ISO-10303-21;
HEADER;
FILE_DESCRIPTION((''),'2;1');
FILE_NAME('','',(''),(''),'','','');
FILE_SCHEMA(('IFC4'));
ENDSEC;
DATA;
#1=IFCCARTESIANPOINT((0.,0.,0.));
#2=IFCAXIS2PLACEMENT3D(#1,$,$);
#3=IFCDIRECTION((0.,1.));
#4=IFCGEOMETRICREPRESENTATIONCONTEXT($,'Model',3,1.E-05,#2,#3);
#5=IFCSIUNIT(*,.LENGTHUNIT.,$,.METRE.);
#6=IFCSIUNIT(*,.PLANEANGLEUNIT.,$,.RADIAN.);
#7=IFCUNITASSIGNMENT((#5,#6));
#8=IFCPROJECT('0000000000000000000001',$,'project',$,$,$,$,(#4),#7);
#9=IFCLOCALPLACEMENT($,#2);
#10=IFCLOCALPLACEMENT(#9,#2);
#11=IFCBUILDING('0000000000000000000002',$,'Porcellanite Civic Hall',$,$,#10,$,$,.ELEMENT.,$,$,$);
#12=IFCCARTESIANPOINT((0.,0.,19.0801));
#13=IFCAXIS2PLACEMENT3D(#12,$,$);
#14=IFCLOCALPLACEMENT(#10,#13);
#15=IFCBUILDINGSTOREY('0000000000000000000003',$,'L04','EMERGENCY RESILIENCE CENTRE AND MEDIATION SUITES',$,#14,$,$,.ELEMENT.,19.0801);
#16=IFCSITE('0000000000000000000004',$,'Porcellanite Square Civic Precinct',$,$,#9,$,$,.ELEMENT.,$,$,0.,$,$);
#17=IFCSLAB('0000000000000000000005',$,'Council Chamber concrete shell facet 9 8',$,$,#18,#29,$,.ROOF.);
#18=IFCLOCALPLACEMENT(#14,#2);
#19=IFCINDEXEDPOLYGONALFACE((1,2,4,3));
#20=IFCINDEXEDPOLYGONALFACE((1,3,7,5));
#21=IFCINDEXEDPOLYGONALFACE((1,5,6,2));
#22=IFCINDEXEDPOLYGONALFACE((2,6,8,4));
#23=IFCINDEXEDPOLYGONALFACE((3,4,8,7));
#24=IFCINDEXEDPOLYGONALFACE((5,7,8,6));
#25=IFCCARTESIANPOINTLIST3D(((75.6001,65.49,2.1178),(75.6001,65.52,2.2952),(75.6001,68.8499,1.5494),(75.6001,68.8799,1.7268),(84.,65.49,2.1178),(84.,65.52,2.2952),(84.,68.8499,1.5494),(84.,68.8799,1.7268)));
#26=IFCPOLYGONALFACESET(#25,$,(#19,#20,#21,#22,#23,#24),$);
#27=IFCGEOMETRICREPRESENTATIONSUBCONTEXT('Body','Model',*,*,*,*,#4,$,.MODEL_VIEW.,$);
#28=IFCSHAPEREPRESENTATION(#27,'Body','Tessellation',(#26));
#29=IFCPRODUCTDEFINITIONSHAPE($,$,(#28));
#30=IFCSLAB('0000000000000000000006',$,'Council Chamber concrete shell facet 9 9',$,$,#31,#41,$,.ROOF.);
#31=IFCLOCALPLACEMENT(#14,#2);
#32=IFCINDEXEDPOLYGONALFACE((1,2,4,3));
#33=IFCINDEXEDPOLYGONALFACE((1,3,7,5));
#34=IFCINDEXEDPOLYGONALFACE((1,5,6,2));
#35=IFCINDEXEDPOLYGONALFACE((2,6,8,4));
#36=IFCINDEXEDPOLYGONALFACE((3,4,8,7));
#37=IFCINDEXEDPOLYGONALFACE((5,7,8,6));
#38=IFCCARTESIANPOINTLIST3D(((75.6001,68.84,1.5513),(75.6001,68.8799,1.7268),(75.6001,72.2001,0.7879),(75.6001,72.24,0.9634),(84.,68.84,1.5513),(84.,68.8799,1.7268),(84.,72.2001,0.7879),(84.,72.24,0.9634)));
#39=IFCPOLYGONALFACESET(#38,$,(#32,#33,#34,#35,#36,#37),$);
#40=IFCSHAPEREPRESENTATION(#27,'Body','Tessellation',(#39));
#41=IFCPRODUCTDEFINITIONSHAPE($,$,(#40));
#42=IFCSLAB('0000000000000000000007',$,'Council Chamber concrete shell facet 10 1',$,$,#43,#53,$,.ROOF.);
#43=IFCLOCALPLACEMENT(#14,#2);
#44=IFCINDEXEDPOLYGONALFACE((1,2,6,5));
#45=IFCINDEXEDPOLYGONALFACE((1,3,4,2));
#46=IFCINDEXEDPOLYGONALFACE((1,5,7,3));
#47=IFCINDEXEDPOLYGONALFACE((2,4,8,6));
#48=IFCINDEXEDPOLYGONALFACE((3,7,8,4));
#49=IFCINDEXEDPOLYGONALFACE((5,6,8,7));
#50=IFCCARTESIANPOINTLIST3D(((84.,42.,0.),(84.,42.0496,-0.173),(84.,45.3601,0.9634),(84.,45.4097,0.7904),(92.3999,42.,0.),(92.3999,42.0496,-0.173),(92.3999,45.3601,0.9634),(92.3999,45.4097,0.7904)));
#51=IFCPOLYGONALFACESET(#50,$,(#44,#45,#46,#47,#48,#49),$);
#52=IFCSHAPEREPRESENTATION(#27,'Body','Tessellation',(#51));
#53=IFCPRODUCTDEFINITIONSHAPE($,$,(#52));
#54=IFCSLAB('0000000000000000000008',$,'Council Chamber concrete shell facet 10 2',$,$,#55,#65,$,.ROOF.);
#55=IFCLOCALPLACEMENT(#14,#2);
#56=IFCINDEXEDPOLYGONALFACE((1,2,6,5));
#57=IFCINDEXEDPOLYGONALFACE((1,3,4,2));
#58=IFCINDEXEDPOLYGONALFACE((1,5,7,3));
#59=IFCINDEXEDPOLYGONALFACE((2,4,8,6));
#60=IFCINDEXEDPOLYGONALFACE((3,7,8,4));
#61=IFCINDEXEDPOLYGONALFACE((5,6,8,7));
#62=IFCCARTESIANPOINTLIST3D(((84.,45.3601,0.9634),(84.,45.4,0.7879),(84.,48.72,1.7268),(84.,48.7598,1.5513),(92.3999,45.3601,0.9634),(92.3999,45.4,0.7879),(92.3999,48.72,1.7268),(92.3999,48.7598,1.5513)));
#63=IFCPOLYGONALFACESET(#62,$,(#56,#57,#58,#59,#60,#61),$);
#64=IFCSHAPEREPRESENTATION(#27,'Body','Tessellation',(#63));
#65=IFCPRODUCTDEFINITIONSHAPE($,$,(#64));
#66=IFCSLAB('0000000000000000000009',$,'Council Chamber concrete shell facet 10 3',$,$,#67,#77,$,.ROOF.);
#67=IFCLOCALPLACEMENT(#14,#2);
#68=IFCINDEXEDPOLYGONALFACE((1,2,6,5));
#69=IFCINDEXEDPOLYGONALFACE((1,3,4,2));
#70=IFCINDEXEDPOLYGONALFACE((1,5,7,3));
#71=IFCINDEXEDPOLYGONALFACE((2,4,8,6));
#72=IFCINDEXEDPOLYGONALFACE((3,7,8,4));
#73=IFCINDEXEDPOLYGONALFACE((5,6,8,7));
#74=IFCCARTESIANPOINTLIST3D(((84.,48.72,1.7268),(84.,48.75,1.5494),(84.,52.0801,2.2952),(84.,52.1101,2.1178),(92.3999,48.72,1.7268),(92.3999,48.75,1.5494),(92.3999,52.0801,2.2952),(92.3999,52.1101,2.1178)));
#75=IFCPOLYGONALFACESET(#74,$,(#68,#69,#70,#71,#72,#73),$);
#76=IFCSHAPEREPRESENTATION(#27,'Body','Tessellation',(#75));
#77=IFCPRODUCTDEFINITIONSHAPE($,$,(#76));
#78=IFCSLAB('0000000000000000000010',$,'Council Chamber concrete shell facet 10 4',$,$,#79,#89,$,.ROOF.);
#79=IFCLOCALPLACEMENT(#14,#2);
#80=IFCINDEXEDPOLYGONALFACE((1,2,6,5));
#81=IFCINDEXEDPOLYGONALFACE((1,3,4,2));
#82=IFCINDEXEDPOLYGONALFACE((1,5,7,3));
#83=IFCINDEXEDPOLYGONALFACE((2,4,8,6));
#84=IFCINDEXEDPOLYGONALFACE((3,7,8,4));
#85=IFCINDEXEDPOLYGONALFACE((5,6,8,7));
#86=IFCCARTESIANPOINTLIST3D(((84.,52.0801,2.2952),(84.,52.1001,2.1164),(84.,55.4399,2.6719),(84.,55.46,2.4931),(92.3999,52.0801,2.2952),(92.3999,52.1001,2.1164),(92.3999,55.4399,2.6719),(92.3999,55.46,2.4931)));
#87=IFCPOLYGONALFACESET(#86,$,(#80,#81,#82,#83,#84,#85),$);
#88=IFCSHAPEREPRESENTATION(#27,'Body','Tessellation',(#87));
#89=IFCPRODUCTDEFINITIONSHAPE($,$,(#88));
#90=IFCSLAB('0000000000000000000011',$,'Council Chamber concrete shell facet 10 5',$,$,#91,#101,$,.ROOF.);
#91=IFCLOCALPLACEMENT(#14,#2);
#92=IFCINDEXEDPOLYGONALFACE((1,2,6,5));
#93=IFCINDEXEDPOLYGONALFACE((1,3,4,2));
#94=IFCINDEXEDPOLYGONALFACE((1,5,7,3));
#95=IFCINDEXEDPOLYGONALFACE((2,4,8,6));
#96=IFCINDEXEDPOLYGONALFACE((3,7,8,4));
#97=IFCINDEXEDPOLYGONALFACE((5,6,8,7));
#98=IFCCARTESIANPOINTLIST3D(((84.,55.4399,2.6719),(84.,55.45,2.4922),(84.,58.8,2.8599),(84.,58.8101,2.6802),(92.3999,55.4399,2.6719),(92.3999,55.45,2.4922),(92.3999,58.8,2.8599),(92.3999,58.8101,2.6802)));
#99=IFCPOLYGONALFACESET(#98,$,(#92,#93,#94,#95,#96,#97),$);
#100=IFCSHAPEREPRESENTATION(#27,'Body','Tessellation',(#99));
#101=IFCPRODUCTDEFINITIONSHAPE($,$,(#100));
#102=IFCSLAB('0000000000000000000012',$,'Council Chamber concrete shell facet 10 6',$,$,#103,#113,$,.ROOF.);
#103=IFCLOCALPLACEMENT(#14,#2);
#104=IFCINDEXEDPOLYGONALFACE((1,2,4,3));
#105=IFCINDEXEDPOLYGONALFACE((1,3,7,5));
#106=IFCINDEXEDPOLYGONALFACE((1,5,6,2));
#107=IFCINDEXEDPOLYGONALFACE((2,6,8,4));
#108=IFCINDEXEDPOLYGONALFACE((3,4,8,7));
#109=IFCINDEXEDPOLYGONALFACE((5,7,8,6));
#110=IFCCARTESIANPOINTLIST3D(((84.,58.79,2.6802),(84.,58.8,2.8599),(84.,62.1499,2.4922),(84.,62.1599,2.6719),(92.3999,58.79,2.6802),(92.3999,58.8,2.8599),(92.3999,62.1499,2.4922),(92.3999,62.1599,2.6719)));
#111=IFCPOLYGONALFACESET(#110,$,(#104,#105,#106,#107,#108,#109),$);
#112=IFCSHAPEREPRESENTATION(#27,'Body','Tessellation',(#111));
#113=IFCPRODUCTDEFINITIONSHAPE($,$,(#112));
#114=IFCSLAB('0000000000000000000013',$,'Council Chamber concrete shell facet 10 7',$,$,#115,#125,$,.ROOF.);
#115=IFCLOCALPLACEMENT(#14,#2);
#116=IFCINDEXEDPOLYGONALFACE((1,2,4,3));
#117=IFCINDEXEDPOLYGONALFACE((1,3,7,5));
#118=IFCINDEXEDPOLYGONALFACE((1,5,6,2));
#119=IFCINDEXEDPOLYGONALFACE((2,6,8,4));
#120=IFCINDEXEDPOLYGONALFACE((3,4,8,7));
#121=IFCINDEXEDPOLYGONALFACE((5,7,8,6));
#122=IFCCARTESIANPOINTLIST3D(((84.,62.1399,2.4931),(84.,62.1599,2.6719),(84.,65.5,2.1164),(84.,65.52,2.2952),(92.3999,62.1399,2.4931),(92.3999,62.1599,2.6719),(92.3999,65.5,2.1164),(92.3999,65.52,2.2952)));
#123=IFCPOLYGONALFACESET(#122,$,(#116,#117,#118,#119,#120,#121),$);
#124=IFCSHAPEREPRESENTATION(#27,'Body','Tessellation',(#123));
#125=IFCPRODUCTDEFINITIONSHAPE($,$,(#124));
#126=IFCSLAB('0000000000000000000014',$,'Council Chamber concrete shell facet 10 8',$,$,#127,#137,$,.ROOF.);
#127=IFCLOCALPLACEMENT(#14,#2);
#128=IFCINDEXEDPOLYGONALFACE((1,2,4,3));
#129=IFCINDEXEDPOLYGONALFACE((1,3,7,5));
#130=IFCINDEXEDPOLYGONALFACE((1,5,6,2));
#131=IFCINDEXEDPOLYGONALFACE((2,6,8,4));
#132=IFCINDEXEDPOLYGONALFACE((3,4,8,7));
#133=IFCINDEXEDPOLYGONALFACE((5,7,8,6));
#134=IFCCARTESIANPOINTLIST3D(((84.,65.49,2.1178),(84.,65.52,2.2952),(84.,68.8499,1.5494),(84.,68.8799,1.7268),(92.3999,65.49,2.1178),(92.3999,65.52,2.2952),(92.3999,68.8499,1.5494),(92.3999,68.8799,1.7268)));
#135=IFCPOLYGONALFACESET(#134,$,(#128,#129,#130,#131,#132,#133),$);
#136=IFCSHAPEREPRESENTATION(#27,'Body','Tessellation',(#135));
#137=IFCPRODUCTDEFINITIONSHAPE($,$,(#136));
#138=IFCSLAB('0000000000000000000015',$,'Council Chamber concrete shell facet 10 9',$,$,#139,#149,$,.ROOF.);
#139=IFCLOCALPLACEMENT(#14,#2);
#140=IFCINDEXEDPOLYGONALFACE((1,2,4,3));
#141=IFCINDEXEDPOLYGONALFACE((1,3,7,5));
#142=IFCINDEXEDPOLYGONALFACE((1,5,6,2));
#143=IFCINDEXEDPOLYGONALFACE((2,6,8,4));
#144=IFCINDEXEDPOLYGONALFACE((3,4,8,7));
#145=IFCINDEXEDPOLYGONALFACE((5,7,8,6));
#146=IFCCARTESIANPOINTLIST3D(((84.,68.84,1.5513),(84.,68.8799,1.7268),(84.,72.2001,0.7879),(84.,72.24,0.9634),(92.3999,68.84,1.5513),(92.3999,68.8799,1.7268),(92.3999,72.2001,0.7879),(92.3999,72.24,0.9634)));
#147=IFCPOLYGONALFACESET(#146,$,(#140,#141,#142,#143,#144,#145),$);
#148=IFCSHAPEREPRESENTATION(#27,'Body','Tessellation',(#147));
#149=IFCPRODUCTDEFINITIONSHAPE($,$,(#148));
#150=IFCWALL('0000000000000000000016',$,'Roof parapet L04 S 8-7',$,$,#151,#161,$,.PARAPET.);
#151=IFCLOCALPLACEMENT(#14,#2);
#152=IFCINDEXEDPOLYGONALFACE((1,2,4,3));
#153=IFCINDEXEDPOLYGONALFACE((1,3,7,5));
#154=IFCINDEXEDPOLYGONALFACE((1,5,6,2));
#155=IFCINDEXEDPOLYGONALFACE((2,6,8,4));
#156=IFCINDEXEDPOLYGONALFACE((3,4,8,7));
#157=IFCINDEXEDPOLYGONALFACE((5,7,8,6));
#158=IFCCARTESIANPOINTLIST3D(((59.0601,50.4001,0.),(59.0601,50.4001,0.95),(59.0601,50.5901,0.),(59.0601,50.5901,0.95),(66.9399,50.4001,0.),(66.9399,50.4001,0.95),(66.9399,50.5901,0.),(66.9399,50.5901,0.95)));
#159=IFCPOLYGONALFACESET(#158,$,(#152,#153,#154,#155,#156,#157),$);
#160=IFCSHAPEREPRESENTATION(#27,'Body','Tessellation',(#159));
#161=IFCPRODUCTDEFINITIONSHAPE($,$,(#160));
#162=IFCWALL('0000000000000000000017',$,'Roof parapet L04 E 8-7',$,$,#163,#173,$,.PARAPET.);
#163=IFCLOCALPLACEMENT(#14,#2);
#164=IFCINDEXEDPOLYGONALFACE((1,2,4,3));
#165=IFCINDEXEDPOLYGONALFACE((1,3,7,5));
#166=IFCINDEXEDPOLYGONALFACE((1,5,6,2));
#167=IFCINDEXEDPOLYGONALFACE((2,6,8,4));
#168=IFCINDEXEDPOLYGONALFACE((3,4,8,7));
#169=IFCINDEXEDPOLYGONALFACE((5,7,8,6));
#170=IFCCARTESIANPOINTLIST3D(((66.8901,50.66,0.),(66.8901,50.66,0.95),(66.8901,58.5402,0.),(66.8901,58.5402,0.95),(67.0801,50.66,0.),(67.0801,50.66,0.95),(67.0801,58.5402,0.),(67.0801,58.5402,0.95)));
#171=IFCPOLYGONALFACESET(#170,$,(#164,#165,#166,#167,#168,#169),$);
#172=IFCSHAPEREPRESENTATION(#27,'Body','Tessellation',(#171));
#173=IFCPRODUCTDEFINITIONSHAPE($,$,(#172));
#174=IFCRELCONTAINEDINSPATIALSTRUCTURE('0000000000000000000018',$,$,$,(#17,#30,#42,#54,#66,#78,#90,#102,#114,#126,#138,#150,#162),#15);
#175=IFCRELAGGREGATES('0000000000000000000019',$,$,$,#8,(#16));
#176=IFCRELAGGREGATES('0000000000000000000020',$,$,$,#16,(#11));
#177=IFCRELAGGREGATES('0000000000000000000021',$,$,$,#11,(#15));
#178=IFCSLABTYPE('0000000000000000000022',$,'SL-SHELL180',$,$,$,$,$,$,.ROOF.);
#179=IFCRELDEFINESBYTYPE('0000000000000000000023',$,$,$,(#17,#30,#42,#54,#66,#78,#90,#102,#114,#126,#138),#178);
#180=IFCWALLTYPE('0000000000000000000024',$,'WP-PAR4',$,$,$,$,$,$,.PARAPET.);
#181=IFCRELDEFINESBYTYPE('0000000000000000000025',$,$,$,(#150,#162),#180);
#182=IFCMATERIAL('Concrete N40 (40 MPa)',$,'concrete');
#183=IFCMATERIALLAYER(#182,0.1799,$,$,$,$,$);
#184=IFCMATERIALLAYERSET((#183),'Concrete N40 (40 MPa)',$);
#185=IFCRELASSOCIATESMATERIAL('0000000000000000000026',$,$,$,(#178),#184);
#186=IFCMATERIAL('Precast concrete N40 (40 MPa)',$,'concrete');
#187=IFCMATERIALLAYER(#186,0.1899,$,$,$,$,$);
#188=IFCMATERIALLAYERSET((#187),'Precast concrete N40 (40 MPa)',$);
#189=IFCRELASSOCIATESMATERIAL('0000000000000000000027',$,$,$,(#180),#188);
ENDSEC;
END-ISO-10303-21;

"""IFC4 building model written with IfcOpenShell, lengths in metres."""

from ifc_helpers import new_model, si_unit, direction, frame, frame_2d, origin, place, context, subcontext, project, spatial, polyline, rectangle, outline, extrude, material, layer, layer_set, type_object, element, save


model = new_model("IFC4")

# Units and contexts
model_context = context("Model", 3, precision=1e-05, world=origin(), true_north=direction((0.0, 1.0)))
body_context = subcontext(model_context, "Body", "Model", "MODEL_VIEW")
ifc_project = project(units=[si_unit("LENGTHUNIT", "METRE"), si_unit("PLANEANGLEUNIT", "RADIAN")], contexts=[model_context])

# Site, building, storey
site_placement = place(None, origin())
site = spatial("IfcSite", under=ifc_project, at=site_placement, Name="Porcellanite Square Civic Precinct", CompositionType="ELEMENT", RefElevation=0.0)
building_placement = place(site_placement, origin())
building = spatial("IfcBuilding", under=site, at=building_placement, Name="Porcellanite Civic Hall", CompositionType="ELEMENT")
storey_placement = place(building_placement, frame((0.0, 0.0, 19.0801)))
storey = spatial("IfcBuildingStorey", under=building, at=storey_placement, Name="L04", Description="EMERGENCY RESILIENCE CENTRE AND MEDIATION SUITES", CompositionType="ELEMENT", Elevation=19.0801)

# Slabs
ifc_material_1 = material(Name="Concrete N40 (40 MPa)", Category="concrete")
ifc_layer_1 = layer(ifc_material_1, 0.1799)
ifc_layer_set_1 = layer_set([ifc_layer_1], Name="Concrete N40 (40 MPa)")
slab_type = type_object("IfcSlabType", Name="SL-SHELL180", PredefinedType="ROOF", material=ifc_layer_set_1)
slab_1_placement = place(storey_placement, frame((75.6001, 65.52, 2.2952), z_axis=(0.0, 0.166792, 0.985992), x_axis=(1.0, 0.0, 0.0)))
element("IfcSlab", 1, at=slab_1_placement, inside=storey, type_object=slab_type, Name="Council Chamber concrete shell facet 9 8", PredefinedType="ROOF", context=body_context, shape_type="SweptSolid", body=[
    extrude(outline(polyline([(0.0, 0.0), (8.3999, 0.0), (8.3999, 3.4076), (0.0, 3.4076), (0.0, 0.0)])), origin(), (0.0, 0.0, -1.0), 0.1799),
])
slab_2_placement = place(storey_placement, frame((75.6001, 68.8799, 1.7268), z_axis=(0.0, 0.221557, 0.975147), x_axis=(1.0, 0.0, 0.0)))
element("IfcSlab", 2, at=slab_2_placement, inside=storey, type_object=slab_type, Name="Council Chamber concrete shell facet 9 9", PredefinedType="ROOF", context=body_context, shape_type="SweptSolid", body=[
    extrude(outline(polyline([(0.0, 0.0), (8.3999, 0.0), (8.3999, 3.4457), (0.0, 3.4457), (0.0, 0.0)])), origin(), (0.0, 0.0, -1.0), 0.1799),
])
slab_3_placement = place(storey_placement, frame((84.0, 42.0, 0.0), z_axis=(0.0, -0.275607, 0.961271), x_axis=(1.0, 0.0, 0.0)))
element("IfcSlab", 3, at=slab_3_placement, inside=storey, type_object=slab_type, Name="Council Chamber concrete shell facet 10 1", PredefinedType="ROOF", context=body_context, shape_type="SweptSolid", body=[
    extrude(outline(polyline([(0.0, 0.0), (8.3999, 0.0), (8.3999, 3.4955), (0.0, 3.4955), (0.0, 0.0)])), origin(), (0.0, 0.0, -1.0), 0.1799),
])
slab_4_placement = place(storey_placement, frame((84.0, 45.3601, 0.9634), z_axis=(0.0, -0.221572, 0.975144), x_axis=(1.0, 0.0, 0.0)))
element("IfcSlab", 4, at=slab_4_placement, inside=storey, type_object=slab_type, Name="Council Chamber concrete shell facet 10 2", PredefinedType="ROOF", context=body_context, shape_type="SweptSolid", body=[
    extrude(outline(polyline([(0.0, 0.0), (8.3999, 0.0), (8.3999, 3.4455), (0.0, 3.4455), (0.0, 0.0)])), origin(), (0.0, 0.0, -1.0), 0.1799),
])
slab_5_placement = place(storey_placement, frame((84.0, 48.72, 1.7268), z_axis=(0.0, -0.16678, 0.985994), x_axis=(1.0, 0.0, 0.0)))
element("IfcSlab", 5, at=slab_5_placement, inside=storey, type_object=slab_type, Name="Council Chamber concrete shell facet 10 3", PredefinedType="ROOF", context=body_context, shape_type="SweptSolid", body=[
    extrude(outline(polyline([(0.0, 0.0), (8.3999, 0.0), (8.3999, 3.4078), (0.0, 3.4078), (0.0, 0.0)])), origin(), (0.0, 0.0, -1.0), 0.1799),
])
slab_6_placement = place(storey_placement, frame((84.0, 52.0801, 2.2952), z_axis=(0.0, -0.111422, 0.993773), x_axis=(1.0, 0.0, 0.0)))
element("IfcSlab", 6, at=slab_6_placement, inside=storey, type_object=slab_type, Name="Council Chamber concrete shell facet 10 4", PredefinedType="ROOF", context=body_context, shape_type="SweptSolid", body=[
    extrude(outline(polyline([(0.0, 0.0), (8.3999, 0.0), (8.3999, 3.3809), (0.0, 3.3809), (0.0, 0.0)])), origin(), (0.0, 0.0, -1.0), 0.1799),
])
slab_7_placement = place(storey_placement, frame((84.0, 55.4399, 2.6719), z_axis=(0.0, -0.05586, 0.998439), x_axis=(1.0, 0.0, 0.0)))
element("IfcSlab", 7, at=slab_7_placement, inside=storey, type_object=slab_type, Name="Council Chamber concrete shell facet 10 5", PredefinedType="ROOF", context=body_context, shape_type="SweptSolid", body=[
    extrude(outline(polyline([(0.0, 0.0), (8.3999, 0.0), (8.3999, 3.3654), (0.0, 3.3654), (0.0, 0.0)])), origin(), (0.0, 0.0, -1.0), 0.1799),
])
slab_8_placement = place(storey_placement, frame((84.0, 58.8, 2.8599), z_axis=(0.0, 0.055864, 0.998438), x_axis=(1.0, 0.0, 0.0)))
element("IfcSlab", 8, at=slab_8_placement, inside=storey, type_object=slab_type, Name="Council Chamber concrete shell facet 10 6", PredefinedType="ROOF", context=body_context, shape_type="SweptSolid", body=[
    extrude(outline(polyline([(0.0, 0.0), (8.3999, 0.0), (8.3999, 3.3651), (0.0, 3.3651), (0.0, 0.0)])), origin(), (0.0, 0.0, -1.0), 0.1799),
])
slab_9_placement = place(storey_placement, frame((84.0, 62.1599, 2.6719), z_axis=(0.0, 0.111414, 0.993774), x_axis=(1.0, 0.0, 0.0)))
element("IfcSlab", 9, at=slab_9_placement, inside=storey, type_object=slab_type, Name="Council Chamber concrete shell facet 10 7", PredefinedType="ROOF", context=body_context, shape_type="SweptSolid", body=[
    extrude(outline(polyline([(0.0, 0.0), (8.3999, 0.0), (8.3999, 3.3812), (0.0, 3.3812), (0.0, 0.0)])), origin(), (0.0, 0.0, -1.0), 0.1799),
])
slab_10_placement = place(storey_placement, frame((84.0, 65.52, 2.2952), z_axis=(0.0, 0.166792, 0.985992), x_axis=(1.0, 0.0, 0.0)))
element("IfcSlab", 10, at=slab_10_placement, inside=storey, type_object=slab_type, Name="Council Chamber concrete shell facet 10 8", PredefinedType="ROOF", context=body_context, shape_type="SweptSolid", body=[
    extrude(outline(polyline([(0.0, 0.0), (8.3999, 0.0), (8.3999, 3.4076), (0.0, 3.4076), (0.0, 0.0)])), origin(), (0.0, 0.0, -1.0), 0.1799),
])
slab_11_placement = place(storey_placement, frame((84.0, 68.8799, 1.7268), z_axis=(0.0, 0.221557, 0.975147), x_axis=(1.0, 0.0, 0.0)))
element("IfcSlab", 11, at=slab_11_placement, inside=storey, type_object=slab_type, Name="Council Chamber concrete shell facet 10 9", PredefinedType="ROOF", context=body_context, shape_type="SweptSolid", body=[
    extrude(outline(polyline([(0.0, 0.0), (8.3999, 0.0), (8.3999, 3.4457), (0.0, 3.4457), (0.0, 0.0)])), origin(), (0.0, 0.0, -1.0), 0.1799),
])

# Walls
ifc_material_2 = material(Name="Precast concrete N40 (40 MPa)", Category="concrete")
ifc_layer_2 = layer(ifc_material_2, 0.1899)
ifc_layer_set_2 = layer_set([ifc_layer_2], Name="Precast concrete N40 (40 MPa)")
wall_type = type_object("IfcWallType", Name="WP-PAR4", PredefinedType="PARAPET", material=ifc_layer_set_2)
wall_1_placement = place(storey_placement, frame((66.9399, 50.4951, 0.0), z_axis=(0.0, 0.0, 1.0), x_axis=(-1.0, 0.0, 0.0)))
element("IfcWall", 12, at=wall_1_placement, inside=storey, type_object=wall_type, Name="Roof parapet L04 S 8-7", PredefinedType="PARAPET", context=body_context, shape_type="SweptSolid", body=[
    extrude(rectangle(XDim=7.8799, YDim=0.1899, at=frame_2d((3.9399, 0.0))), origin(), (0.0, 0.0, 1.0), 0.95),
])
wall_2_placement = place(storey_placement, frame((66.9851, 58.54, 0.0), z_axis=(0.0, 0.0, 1.0), x_axis=(0.0, -1.0, 0.0)))
element("IfcWall", 13, at=wall_2_placement, inside=storey, type_object=wall_type, Name="Roof parapet L04 E 8-7", PredefinedType="PARAPET", context=body_context, shape_type="SweptSolid", body=[
    extrude(rectangle(XDim=7.8801, YDim=0.1899, at=frame_2d((3.9399, 0.0))), origin(), (0.0, 0.0, 1.0), 0.95),
])

save(model, "model.ifc")
